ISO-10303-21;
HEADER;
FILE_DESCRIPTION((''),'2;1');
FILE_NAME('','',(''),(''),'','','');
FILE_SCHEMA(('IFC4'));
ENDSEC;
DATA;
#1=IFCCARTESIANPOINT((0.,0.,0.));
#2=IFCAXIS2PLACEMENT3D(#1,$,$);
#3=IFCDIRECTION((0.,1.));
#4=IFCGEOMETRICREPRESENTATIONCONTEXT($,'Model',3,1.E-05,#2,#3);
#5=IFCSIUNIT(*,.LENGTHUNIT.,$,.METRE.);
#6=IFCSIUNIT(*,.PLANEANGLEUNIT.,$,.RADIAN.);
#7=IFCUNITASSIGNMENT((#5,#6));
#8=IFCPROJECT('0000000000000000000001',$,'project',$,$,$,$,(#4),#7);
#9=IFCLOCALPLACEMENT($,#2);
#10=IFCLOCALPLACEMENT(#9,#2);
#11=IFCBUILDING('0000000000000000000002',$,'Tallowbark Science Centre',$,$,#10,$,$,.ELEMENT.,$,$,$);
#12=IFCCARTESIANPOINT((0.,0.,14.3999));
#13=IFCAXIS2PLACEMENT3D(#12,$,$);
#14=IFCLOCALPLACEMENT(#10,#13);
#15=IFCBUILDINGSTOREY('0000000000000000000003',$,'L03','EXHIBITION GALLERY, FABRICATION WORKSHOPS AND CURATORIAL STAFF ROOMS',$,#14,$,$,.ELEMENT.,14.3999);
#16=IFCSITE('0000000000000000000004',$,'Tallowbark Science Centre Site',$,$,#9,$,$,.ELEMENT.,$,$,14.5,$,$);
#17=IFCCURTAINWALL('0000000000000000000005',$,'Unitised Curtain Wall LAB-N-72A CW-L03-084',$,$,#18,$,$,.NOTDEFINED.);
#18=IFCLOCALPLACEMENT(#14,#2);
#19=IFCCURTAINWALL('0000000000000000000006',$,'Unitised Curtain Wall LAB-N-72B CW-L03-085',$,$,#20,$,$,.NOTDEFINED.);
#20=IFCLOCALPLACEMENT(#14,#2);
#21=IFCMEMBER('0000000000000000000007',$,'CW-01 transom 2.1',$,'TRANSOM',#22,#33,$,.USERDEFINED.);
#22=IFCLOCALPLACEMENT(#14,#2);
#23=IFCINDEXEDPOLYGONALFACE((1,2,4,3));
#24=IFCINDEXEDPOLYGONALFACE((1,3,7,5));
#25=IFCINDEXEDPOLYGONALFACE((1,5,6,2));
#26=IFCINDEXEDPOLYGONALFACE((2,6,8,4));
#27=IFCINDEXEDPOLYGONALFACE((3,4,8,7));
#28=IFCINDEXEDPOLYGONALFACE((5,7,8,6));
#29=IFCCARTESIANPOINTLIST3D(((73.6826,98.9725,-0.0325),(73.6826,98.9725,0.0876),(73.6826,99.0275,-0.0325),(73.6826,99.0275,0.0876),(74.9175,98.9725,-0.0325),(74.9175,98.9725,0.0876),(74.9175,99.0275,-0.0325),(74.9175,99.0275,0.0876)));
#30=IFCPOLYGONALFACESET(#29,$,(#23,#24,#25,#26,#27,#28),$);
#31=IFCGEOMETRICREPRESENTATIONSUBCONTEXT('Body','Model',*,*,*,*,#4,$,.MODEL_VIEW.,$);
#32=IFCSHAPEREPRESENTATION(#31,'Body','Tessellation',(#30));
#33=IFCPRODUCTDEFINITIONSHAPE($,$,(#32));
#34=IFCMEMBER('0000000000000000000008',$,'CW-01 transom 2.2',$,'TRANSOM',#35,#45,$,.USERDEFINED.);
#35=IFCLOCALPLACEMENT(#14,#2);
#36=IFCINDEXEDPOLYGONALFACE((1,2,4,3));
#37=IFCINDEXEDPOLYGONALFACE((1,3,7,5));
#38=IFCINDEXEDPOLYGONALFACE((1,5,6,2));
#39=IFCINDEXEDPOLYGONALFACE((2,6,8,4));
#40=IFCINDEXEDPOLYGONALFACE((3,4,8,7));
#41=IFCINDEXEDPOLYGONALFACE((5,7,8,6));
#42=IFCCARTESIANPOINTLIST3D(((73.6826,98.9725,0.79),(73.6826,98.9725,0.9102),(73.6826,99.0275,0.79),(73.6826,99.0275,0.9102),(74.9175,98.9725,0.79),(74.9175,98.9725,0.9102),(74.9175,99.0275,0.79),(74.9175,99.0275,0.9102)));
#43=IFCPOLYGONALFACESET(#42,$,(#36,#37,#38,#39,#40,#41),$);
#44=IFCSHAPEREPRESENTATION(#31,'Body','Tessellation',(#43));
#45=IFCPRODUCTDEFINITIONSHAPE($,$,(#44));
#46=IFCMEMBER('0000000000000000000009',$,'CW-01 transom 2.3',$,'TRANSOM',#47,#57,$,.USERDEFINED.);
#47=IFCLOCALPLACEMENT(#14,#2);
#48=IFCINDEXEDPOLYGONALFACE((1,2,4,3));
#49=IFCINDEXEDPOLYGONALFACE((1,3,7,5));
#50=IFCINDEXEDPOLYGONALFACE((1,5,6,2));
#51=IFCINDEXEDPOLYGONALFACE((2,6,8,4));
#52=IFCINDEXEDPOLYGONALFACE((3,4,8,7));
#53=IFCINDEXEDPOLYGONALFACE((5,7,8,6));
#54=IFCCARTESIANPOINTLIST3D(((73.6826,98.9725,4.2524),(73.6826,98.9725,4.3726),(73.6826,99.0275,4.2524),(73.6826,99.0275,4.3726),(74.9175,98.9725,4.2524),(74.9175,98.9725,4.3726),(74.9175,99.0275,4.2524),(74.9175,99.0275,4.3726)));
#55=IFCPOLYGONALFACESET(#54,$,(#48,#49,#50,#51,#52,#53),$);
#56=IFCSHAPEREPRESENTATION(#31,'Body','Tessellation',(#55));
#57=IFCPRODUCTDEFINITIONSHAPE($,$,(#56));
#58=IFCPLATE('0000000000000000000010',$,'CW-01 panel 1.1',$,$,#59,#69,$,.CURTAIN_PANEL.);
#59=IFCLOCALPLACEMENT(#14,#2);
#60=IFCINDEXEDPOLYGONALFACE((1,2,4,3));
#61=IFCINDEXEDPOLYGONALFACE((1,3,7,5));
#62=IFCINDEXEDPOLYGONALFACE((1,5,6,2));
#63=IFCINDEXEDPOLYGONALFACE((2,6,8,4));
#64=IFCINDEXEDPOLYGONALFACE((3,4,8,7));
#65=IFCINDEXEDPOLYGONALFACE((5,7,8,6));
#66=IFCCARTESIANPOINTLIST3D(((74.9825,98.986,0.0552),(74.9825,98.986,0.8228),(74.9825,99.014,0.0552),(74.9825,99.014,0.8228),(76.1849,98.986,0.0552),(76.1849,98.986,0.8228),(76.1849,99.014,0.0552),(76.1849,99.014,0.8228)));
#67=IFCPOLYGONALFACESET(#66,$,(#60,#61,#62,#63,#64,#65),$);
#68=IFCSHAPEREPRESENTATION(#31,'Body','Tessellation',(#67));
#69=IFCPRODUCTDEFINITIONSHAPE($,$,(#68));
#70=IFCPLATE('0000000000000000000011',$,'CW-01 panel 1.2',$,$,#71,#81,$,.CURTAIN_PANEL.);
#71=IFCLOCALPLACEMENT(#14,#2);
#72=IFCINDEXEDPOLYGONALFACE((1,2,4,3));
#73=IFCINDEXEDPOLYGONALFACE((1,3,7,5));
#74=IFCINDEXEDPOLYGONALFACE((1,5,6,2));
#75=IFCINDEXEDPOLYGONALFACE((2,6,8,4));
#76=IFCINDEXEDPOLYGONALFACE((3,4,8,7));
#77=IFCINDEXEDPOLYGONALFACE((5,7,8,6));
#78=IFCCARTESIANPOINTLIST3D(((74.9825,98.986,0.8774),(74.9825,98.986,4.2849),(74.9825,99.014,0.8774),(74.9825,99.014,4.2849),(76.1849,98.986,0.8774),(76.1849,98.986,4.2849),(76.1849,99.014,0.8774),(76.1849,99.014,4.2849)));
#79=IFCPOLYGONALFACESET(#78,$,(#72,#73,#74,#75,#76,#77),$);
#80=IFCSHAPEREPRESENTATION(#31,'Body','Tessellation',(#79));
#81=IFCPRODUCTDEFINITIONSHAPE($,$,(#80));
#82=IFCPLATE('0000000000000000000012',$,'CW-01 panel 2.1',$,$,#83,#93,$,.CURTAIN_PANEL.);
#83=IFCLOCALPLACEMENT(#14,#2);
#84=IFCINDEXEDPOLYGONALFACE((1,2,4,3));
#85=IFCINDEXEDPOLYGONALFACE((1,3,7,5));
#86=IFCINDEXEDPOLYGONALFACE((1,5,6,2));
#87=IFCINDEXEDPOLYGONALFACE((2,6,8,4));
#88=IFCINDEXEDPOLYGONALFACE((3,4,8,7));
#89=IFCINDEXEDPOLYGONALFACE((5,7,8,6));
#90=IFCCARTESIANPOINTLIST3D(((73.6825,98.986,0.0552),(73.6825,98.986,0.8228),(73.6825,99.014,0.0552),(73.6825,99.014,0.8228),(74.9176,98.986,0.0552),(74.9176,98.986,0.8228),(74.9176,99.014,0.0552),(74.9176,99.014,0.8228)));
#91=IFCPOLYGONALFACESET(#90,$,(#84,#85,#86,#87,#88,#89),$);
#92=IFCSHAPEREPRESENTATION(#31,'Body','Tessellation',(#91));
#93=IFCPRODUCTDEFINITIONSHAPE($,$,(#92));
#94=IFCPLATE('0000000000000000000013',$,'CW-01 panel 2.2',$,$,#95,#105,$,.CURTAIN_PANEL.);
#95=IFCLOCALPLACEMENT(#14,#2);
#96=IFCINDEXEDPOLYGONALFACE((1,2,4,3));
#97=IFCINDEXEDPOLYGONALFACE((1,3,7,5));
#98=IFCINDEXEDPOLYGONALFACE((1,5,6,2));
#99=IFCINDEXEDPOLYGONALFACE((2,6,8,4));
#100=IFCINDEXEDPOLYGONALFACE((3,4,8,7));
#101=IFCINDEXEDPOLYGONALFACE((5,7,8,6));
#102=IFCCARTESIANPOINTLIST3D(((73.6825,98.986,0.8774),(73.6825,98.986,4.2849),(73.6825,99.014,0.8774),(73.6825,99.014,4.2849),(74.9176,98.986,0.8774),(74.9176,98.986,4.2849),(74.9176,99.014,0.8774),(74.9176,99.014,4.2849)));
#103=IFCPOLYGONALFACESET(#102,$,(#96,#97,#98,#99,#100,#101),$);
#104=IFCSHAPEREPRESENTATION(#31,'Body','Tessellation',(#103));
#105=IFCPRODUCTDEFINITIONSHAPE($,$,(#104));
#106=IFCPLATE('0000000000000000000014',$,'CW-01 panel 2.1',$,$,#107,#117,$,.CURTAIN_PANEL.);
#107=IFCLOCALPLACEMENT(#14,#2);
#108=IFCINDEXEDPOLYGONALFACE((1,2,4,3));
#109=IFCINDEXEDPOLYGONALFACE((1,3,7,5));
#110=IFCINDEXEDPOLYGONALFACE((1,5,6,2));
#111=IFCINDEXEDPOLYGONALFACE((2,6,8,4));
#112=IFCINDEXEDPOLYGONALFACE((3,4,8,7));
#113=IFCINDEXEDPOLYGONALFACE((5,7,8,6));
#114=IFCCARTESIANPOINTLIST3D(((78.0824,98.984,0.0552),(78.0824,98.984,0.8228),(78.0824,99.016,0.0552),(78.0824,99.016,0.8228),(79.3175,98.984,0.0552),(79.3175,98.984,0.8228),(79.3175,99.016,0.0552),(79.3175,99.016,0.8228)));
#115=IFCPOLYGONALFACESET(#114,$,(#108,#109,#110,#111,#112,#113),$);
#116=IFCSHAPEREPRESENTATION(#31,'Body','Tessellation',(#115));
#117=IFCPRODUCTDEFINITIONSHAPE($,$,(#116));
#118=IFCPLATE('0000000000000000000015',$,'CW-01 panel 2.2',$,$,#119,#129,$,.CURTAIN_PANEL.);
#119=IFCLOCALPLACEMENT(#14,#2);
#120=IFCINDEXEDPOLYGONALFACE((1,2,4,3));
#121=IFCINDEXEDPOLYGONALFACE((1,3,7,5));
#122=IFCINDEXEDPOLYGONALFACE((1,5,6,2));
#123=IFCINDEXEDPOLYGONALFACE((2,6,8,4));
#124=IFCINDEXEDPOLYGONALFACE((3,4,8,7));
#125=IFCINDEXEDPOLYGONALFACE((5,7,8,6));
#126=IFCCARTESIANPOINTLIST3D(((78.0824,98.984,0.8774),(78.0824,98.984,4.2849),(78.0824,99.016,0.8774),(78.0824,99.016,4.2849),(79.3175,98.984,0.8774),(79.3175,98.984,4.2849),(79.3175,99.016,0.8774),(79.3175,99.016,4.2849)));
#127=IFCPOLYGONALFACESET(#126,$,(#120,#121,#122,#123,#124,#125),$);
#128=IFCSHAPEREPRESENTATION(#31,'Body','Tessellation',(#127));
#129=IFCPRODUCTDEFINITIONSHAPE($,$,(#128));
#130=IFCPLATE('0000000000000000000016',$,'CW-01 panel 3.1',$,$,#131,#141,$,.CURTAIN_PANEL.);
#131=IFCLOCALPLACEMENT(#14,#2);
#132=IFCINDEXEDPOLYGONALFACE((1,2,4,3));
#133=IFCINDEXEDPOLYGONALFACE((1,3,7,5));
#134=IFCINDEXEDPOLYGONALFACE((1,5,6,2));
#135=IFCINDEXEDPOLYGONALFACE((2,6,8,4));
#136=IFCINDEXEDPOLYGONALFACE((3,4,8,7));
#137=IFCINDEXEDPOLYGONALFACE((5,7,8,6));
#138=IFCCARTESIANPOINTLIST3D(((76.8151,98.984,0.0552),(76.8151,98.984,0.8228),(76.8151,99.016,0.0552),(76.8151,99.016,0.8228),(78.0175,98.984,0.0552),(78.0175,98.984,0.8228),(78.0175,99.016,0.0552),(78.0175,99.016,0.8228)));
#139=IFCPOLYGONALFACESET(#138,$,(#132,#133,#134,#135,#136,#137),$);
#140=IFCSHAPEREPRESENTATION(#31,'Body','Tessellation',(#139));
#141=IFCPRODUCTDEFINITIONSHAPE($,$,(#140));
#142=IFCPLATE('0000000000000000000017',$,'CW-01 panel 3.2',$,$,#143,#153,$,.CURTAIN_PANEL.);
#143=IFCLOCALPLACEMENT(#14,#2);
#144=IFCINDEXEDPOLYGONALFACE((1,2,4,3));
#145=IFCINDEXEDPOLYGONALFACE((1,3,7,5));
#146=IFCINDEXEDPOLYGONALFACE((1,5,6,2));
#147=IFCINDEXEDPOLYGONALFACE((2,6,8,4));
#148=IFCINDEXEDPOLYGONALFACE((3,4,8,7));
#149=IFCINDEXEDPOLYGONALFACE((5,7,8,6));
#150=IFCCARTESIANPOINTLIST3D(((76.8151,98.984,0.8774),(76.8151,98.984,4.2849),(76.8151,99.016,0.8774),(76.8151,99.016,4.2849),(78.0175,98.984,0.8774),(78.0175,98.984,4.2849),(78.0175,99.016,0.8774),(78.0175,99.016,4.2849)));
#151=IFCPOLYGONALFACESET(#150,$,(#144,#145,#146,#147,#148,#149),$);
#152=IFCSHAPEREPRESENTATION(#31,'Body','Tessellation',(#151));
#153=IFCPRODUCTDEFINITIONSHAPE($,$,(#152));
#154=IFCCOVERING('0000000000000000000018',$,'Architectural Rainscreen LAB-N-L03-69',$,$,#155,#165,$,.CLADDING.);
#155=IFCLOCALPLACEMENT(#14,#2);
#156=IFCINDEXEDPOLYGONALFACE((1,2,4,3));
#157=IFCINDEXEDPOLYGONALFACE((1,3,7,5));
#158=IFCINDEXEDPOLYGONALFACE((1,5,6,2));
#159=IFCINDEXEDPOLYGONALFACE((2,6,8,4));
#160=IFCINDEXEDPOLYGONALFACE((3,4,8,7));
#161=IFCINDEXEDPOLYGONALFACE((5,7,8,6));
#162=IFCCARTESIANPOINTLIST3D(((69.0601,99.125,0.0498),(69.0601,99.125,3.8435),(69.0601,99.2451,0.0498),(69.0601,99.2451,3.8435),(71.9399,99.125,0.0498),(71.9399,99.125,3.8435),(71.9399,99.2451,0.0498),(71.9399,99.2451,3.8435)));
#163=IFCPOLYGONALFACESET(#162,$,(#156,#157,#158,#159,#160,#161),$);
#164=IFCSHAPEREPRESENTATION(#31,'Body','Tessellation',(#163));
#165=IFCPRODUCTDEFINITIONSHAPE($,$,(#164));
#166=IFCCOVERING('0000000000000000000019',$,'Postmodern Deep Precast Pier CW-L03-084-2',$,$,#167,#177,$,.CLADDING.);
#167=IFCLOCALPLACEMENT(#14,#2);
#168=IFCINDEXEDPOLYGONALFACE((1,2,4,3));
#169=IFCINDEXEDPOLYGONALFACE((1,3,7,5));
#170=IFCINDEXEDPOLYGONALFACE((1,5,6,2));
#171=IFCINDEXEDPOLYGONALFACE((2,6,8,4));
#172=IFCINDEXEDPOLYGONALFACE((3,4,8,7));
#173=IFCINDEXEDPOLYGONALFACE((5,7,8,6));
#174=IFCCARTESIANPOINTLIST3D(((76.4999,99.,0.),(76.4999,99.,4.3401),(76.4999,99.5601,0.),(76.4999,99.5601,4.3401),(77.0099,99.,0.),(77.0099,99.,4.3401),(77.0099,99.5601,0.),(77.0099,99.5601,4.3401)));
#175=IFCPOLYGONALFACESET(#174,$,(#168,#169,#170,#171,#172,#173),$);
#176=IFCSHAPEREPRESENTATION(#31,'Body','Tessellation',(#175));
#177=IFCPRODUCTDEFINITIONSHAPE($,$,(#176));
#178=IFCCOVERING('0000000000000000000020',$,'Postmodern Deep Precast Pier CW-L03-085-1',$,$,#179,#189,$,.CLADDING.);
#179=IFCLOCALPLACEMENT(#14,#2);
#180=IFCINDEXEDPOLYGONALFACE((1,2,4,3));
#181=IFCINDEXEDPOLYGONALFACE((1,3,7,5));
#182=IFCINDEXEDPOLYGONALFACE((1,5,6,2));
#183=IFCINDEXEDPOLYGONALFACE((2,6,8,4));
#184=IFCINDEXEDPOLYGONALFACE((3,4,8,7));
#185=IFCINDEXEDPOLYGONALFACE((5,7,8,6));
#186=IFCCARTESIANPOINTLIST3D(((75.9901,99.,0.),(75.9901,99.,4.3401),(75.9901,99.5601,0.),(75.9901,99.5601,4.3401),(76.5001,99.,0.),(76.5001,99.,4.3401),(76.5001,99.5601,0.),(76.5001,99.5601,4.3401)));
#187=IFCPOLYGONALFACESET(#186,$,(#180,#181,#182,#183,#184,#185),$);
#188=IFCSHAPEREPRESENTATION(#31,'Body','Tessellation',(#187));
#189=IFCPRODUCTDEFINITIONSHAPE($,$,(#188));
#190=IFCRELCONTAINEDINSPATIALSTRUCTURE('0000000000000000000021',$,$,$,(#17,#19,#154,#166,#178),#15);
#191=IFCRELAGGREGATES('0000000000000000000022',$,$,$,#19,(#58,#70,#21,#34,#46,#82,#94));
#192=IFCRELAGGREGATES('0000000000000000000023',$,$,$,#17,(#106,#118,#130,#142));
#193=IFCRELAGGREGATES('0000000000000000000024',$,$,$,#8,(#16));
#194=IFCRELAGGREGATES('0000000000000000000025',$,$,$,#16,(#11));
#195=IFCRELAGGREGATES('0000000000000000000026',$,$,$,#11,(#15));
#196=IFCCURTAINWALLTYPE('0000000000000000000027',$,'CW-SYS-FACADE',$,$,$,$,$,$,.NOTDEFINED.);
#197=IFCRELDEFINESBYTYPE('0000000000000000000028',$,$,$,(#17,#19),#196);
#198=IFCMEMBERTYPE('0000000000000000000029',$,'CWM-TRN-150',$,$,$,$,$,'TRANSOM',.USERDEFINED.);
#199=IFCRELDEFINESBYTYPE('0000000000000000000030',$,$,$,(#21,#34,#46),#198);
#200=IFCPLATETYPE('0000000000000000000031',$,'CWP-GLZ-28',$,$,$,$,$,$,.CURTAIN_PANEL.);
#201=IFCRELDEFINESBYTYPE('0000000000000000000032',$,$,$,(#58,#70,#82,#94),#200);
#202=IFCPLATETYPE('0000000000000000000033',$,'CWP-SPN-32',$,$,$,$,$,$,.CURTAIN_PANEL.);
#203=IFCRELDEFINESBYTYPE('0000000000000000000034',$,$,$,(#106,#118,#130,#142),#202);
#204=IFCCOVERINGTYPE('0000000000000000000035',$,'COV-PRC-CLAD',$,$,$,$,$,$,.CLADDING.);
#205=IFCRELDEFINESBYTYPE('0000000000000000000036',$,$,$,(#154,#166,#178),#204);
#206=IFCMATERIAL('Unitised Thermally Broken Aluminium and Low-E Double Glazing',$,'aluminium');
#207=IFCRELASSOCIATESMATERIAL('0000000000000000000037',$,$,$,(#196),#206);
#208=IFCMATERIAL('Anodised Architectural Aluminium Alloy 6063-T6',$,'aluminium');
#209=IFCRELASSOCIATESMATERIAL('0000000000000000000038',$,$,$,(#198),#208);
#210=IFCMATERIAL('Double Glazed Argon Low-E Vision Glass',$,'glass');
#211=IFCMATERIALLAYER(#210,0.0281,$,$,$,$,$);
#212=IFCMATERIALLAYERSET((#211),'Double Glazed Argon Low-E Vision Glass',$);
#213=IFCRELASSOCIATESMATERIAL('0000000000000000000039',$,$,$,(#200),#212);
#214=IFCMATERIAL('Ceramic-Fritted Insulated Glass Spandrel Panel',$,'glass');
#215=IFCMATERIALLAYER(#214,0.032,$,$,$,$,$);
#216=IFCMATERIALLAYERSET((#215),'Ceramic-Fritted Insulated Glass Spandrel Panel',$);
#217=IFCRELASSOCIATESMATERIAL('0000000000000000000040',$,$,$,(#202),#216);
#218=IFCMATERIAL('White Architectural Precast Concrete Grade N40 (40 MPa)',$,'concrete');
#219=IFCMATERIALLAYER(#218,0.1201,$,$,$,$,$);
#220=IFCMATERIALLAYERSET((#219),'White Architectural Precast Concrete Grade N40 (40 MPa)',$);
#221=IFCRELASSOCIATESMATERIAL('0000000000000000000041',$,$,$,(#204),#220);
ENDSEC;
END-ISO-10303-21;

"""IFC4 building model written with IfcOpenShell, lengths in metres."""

from ifc_helpers import new_model, si_unit, direction, frame, origin, origin_2d, place, context, subcontext, project, spatial, rectangle, extrude, material, layer, layer_set, material_profile, profile_set, type_object, element, aggregate, save


model = new_model("IFC4")

# Units and contexts
model_context = context("Model", 3, precision=1e-05, world=origin(), true_north=direction((0.0, 1.0)))
body_context = subcontext(model_context, "Body", "Model", "MODEL_VIEW")
ifc_project = project(units=[si_unit("LENGTHUNIT", "METRE"), si_unit("PLANEANGLEUNIT", "RADIAN")], contexts=[model_context])

# Site, building, storey
site_placement = place(None, origin())
site = spatial("IfcSite", under=ifc_project, at=site_placement, Name="Tallowbark Science Centre Site", CompositionType="ELEMENT", RefElevation=14.5)
building_placement = place(site_placement, origin())
building = spatial("IfcBuilding", under=site, at=building_placement, Name="Tallowbark Science Centre", CompositionType="ELEMENT")
storey_placement = place(building_placement, frame((0.0, 0.0, 14.3999)))
storey = spatial("IfcBuildingStorey", under=building, at=storey_placement, Name="L03", Description="EXHIBITION GALLERY, FABRICATION WORKSHOPS AND CURATORIAL STAFF ROOMS", CompositionType="ELEMENT", Elevation=14.3999)

# Curtain walls
ifc_material_1 = material(Name="Unitised Thermally Broken Aluminium and Low-E Double Glazing", Category="aluminium")
curtain_wall_type = type_object("IfcCurtainWallType", Name="CW-SYS-FACADE", PredefinedType="NOTDEFINED", material=ifc_material_1)
curtain_wall_1_placement = place(storey_placement, origin())
curtain_wall_1 = element("IfcCurtainWall", 1, at=curtain_wall_1_placement, inside=storey, type_object=curtain_wall_type, Name="Unitised Curtain Wall LAB-N-72A CW-L03-084", PredefinedType="NOTDEFINED")
ifc_material_2 = material(Name="Anodised Architectural Aluminium Alloy 6063-T6", Category="aluminium")
curtain_wall_2_placement = place(storey_placement, origin())
curtain_wall_2 = element("IfcCurtainWall", 2, at=curtain_wall_2_placement, inside=storey, type_object=curtain_wall_type, Name="Unitised Curtain Wall LAB-N-72B CW-L03-085", PredefinedType="NOTDEFINED")

# Members
ifc_material_profile_1 = material_profile(ifc_material_2, rectangle(XDim=0.0549, YDim=0.1201, at=origin_2d()), Name="ALU55x120")
ifc_profile_set_1 = profile_set([ifc_material_profile_1], Name="Anodised Architectural Aluminium Alloy 6063-T6")
member_type_1 = type_object("IfcMemberType", Name="CWM-TRN-150", ElementType="TRANSOM", PredefinedType="USERDEFINED", material=ifc_profile_set_1)
member_1_placement = place(storey_placement, frame((74.9175, 99.0, 0.0276), z_axis=(-1.0, 0.0, 0.0), x_axis=(0.0, -1.0, 0.0)))
member_1 = element("IfcMember", 3, at=member_1_placement, type_object=member_type_1, Name="CW-01 transom 2.1", ObjectType="TRANSOM", PredefinedType="USERDEFINED", context=body_context, shape_type="SweptSolid", body=[
    extrude(rectangle(XDim=0.0549, YDim=0.1201, at=origin_2d()), origin(), (0.0, 0.0, 1.0), 1.2349),
])
member_2_placement = place(storey_placement, frame((74.9175, 99.0, 0.8501), z_axis=(-1.0, 0.0, 0.0), x_axis=(0.0, -1.0, 0.0)))
member_2 = element("IfcMember", 4, at=member_2_placement, type_object=member_type_1, Name="CW-01 transom 2.2", ObjectType="TRANSOM", PredefinedType="USERDEFINED", context=body_context, shape_type="SweptSolid", body=[
    extrude(rectangle(XDim=0.0549, YDim=0.1201, at=origin_2d()), origin(), (0.0, 0.0, 1.0), 1.2349),
])
member_3_placement = place(storey_placement, frame((74.9175, 99.0, 4.3125), z_axis=(-1.0, 0.0, 0.0), x_axis=(0.0, -1.0, 0.0)))
member_3 = element("IfcMember", 5, at=member_3_placement, type_object=member_type_1, Name="CW-01 transom 2.3", ObjectType="TRANSOM", PredefinedType="USERDEFINED", context=body_context, shape_type="SweptSolid", body=[
    extrude(rectangle(XDim=0.0549, YDim=0.1201, at=origin_2d()), origin(), (0.0, 0.0, 1.0), 1.2349),
])

# Plates
ifc_material_3 = material(Name="Double Glazed Argon Low-E Vision Glass", Category="glass")
ifc_layer_1 = layer(ifc_material_3, 0.0281)
ifc_layer_set_1 = layer_set([ifc_layer_1], Name="Double Glazed Argon Low-E Vision Glass")
plate_type_1 = type_object("IfcPlateType", Name="CWP-GLZ-28", PredefinedType="CURTAIN_PANEL", material=ifc_layer_set_1)
plate_1_placement = place(storey_placement, frame((75.5837, 99.0, 0.0552), z_axis=(0.0, 0.0, 1.0), x_axis=(-1.0, 0.0, 0.0)))
plate_1 = element("IfcPlate", 6, at=plate_1_placement, type_object=plate_type_1, Name="CW-01 panel 1.1", PredefinedType="CURTAIN_PANEL", context=body_context, shape_type="SweptSolid", body=[
    extrude(rectangle(XDim=1.2024, YDim=0.0281, at=origin_2d()), origin(), (0.0, 0.0, 1.0), 0.7676),
])
plate_2_placement = place(storey_placement, frame((75.5837, 99.0, 0.8774), z_axis=(0.0, 0.0, 1.0), x_axis=(-1.0, 0.0, 0.0)))
plate_2 = element("IfcPlate", 7, at=plate_2_placement, type_object=plate_type_1, Name="CW-01 panel 1.2", PredefinedType="CURTAIN_PANEL", context=body_context, shape_type="SweptSolid", body=[
    extrude(rectangle(XDim=1.2024, YDim=0.0281, at=origin_2d()), origin(), (0.0, 0.0, 1.0), 3.4075),
])
plate_3_placement = place(storey_placement, frame((74.3, 99.0, 0.0552), z_axis=(0.0, 0.0, 1.0), x_axis=(-1.0, 0.0, 0.0)))
plate_3 = element("IfcPlate", 8, at=plate_3_placement, type_object=plate_type_1, Name="CW-01 panel 2.1", PredefinedType="CURTAIN_PANEL", context=body_context, shape_type="SweptSolid", body=[
    extrude(rectangle(XDim=1.2351, YDim=0.0281, at=origin_2d()), origin(), (0.0, 0.0, 1.0), 0.7676),
])
plate_4_placement = place(storey_placement, frame((74.3, 99.0, 0.8774), z_axis=(0.0, 0.0, 1.0), x_axis=(-1.0, 0.0, 0.0)))
plate_4 = element("IfcPlate", 9, at=plate_4_placement, type_object=plate_type_1, Name="CW-01 panel 2.2", PredefinedType="CURTAIN_PANEL", context=body_context, shape_type="SweptSolid", body=[
    extrude(rectangle(XDim=1.2351, YDim=0.0281, at=origin_2d()), origin(), (0.0, 0.0, 1.0), 3.4075),
])
aggregate(curtain_wall_2, [plate_1, plate_2, member_1, member_2, member_3, plate_3, plate_4])
ifc_material_4 = material(Name="Ceramic-Fritted Insulated Glass Spandrel Panel", Category="glass")
ifc_layer_2 = layer(ifc_material_4, 0.032)
ifc_layer_set_2 = layer_set([ifc_layer_2], Name="Ceramic-Fritted Insulated Glass Spandrel Panel")
plate_type_2 = type_object("IfcPlateType", Name="CWP-SPN-32", PredefinedType="CURTAIN_PANEL", material=ifc_layer_set_2)
plate_5_placement = place(storey_placement, frame((78.7, 99.0, 0.0552), z_axis=(0.0, 0.0, 1.0), x_axis=(-1.0, 0.0, 0.0)))
plate_5 = element("IfcPlate", 10, at=plate_5_placement, type_object=plate_type_2, Name="CW-01 panel 2.1", PredefinedType="CURTAIN_PANEL", context=body_context, shape_type="SweptSolid", body=[
    extrude(rectangle(XDim=1.2351, YDim=0.032, at=origin_2d()), origin(), (0.0, 0.0, 1.0), 0.7676),
])
plate_6_placement = place(storey_placement, frame((78.7, 99.0, 0.8774), z_axis=(0.0, 0.0, 1.0), x_axis=(-1.0, 0.0, 0.0)))
plate_6 = element("IfcPlate", 11, at=plate_6_placement, type_object=plate_type_2, Name="CW-01 panel 2.2", PredefinedType="CURTAIN_PANEL", context=body_context, shape_type="SweptSolid", body=[
    extrude(rectangle(XDim=1.2351, YDim=0.032, at=origin_2d()), origin(), (0.0, 0.0, 1.0), 3.4075),
])
plate_7_placement = place(storey_placement, frame((77.4163, 99.0, 0.0552), z_axis=(0.0, 0.0, 1.0), x_axis=(-1.0, 0.0, 0.0)))
plate_7 = element("IfcPlate", 12, at=plate_7_placement, type_object=plate_type_2, Name="CW-01 panel 3.1", PredefinedType="CURTAIN_PANEL", context=body_context, shape_type="SweptSolid", body=[
    extrude(rectangle(XDim=1.2024, YDim=0.032, at=origin_2d()), origin(), (0.0, 0.0, 1.0), 0.7676),
])
plate_8_placement = place(storey_placement, frame((77.4163, 99.0, 0.8774), z_axis=(0.0, 0.0, 1.0), x_axis=(-1.0, 0.0, 0.0)))
plate_8 = element("IfcPlate", 13, at=plate_8_placement, type_object=plate_type_2, Name="CW-01 panel 3.2", PredefinedType="CURTAIN_PANEL", context=body_context, shape_type="SweptSolid", body=[
    extrude(rectangle(XDim=1.2024, YDim=0.032, at=origin_2d()), origin(), (0.0, 0.0, 1.0), 3.4075),
])
aggregate(curtain_wall_1, [plate_5, plate_6, plate_7, plate_8])

# Coverings
ifc_material_5 = material(Name="White Architectural Precast Concrete Grade N40 (40 MPa)", Category="concrete")
ifc_layer_3 = layer(ifc_material_5, 0.1201)
ifc_layer_set_3 = layer_set([ifc_layer_3], Name="White Architectural Precast Concrete Grade N40 (40 MPa)")
covering_type_1 = type_object("IfcCoveringType", Name="COV-PRC-CLAD", PredefinedType="CLADDING", material=ifc_layer_set_3)
covering_1_placement = place(storey_placement, frame((70.5, 99.1851, 0.0498), z_axis=(0.0, 0.0, 1.0), x_axis=(-1.0, 0.0, 0.0)))
element("IfcCovering", 14, at=covering_1_placement, inside=storey, type_object=covering_type_1, Name="Architectural Rainscreen LAB-N-L03-69", PredefinedType="CLADDING", context=body_context, shape_type="SweptSolid", body=[
    extrude(rectangle(XDim=2.8799, YDim=0.1201, at=origin_2d()), origin(), (0.0, 0.0, 1.0), 3.7937),
])
for number, where, z_axis, x_axis, name in (
    (15, (76.7549, 99.28, 0.0), (0.0, 0.0, 1.0), (-1.0, 0.0, 0.0), "Postmodern Deep Precast Pier CW-L03-084-2"),
    (16, (76.2451, 99.28, 0.0), (0.0, 0.0, 1.0), (-1.0, 0.0, 0.0), "Postmodern Deep Precast Pier CW-L03-085-1"),
):
    element("IfcCovering", number, at=place(storey_placement, frame(where, z_axis=z_axis, x_axis=x_axis)), inside=storey, type_object=covering_type_1, Name=name, PredefinedType="CLADDING", context=body_context, shape_type="SweptSolid", body=[
        extrude(rectangle(XDim=0.51, YDim=0.5601, at=origin_2d()), origin(), (0.0, 0.0, 1.0), 4.3401),
    ])

save(model, "model.ifc")
